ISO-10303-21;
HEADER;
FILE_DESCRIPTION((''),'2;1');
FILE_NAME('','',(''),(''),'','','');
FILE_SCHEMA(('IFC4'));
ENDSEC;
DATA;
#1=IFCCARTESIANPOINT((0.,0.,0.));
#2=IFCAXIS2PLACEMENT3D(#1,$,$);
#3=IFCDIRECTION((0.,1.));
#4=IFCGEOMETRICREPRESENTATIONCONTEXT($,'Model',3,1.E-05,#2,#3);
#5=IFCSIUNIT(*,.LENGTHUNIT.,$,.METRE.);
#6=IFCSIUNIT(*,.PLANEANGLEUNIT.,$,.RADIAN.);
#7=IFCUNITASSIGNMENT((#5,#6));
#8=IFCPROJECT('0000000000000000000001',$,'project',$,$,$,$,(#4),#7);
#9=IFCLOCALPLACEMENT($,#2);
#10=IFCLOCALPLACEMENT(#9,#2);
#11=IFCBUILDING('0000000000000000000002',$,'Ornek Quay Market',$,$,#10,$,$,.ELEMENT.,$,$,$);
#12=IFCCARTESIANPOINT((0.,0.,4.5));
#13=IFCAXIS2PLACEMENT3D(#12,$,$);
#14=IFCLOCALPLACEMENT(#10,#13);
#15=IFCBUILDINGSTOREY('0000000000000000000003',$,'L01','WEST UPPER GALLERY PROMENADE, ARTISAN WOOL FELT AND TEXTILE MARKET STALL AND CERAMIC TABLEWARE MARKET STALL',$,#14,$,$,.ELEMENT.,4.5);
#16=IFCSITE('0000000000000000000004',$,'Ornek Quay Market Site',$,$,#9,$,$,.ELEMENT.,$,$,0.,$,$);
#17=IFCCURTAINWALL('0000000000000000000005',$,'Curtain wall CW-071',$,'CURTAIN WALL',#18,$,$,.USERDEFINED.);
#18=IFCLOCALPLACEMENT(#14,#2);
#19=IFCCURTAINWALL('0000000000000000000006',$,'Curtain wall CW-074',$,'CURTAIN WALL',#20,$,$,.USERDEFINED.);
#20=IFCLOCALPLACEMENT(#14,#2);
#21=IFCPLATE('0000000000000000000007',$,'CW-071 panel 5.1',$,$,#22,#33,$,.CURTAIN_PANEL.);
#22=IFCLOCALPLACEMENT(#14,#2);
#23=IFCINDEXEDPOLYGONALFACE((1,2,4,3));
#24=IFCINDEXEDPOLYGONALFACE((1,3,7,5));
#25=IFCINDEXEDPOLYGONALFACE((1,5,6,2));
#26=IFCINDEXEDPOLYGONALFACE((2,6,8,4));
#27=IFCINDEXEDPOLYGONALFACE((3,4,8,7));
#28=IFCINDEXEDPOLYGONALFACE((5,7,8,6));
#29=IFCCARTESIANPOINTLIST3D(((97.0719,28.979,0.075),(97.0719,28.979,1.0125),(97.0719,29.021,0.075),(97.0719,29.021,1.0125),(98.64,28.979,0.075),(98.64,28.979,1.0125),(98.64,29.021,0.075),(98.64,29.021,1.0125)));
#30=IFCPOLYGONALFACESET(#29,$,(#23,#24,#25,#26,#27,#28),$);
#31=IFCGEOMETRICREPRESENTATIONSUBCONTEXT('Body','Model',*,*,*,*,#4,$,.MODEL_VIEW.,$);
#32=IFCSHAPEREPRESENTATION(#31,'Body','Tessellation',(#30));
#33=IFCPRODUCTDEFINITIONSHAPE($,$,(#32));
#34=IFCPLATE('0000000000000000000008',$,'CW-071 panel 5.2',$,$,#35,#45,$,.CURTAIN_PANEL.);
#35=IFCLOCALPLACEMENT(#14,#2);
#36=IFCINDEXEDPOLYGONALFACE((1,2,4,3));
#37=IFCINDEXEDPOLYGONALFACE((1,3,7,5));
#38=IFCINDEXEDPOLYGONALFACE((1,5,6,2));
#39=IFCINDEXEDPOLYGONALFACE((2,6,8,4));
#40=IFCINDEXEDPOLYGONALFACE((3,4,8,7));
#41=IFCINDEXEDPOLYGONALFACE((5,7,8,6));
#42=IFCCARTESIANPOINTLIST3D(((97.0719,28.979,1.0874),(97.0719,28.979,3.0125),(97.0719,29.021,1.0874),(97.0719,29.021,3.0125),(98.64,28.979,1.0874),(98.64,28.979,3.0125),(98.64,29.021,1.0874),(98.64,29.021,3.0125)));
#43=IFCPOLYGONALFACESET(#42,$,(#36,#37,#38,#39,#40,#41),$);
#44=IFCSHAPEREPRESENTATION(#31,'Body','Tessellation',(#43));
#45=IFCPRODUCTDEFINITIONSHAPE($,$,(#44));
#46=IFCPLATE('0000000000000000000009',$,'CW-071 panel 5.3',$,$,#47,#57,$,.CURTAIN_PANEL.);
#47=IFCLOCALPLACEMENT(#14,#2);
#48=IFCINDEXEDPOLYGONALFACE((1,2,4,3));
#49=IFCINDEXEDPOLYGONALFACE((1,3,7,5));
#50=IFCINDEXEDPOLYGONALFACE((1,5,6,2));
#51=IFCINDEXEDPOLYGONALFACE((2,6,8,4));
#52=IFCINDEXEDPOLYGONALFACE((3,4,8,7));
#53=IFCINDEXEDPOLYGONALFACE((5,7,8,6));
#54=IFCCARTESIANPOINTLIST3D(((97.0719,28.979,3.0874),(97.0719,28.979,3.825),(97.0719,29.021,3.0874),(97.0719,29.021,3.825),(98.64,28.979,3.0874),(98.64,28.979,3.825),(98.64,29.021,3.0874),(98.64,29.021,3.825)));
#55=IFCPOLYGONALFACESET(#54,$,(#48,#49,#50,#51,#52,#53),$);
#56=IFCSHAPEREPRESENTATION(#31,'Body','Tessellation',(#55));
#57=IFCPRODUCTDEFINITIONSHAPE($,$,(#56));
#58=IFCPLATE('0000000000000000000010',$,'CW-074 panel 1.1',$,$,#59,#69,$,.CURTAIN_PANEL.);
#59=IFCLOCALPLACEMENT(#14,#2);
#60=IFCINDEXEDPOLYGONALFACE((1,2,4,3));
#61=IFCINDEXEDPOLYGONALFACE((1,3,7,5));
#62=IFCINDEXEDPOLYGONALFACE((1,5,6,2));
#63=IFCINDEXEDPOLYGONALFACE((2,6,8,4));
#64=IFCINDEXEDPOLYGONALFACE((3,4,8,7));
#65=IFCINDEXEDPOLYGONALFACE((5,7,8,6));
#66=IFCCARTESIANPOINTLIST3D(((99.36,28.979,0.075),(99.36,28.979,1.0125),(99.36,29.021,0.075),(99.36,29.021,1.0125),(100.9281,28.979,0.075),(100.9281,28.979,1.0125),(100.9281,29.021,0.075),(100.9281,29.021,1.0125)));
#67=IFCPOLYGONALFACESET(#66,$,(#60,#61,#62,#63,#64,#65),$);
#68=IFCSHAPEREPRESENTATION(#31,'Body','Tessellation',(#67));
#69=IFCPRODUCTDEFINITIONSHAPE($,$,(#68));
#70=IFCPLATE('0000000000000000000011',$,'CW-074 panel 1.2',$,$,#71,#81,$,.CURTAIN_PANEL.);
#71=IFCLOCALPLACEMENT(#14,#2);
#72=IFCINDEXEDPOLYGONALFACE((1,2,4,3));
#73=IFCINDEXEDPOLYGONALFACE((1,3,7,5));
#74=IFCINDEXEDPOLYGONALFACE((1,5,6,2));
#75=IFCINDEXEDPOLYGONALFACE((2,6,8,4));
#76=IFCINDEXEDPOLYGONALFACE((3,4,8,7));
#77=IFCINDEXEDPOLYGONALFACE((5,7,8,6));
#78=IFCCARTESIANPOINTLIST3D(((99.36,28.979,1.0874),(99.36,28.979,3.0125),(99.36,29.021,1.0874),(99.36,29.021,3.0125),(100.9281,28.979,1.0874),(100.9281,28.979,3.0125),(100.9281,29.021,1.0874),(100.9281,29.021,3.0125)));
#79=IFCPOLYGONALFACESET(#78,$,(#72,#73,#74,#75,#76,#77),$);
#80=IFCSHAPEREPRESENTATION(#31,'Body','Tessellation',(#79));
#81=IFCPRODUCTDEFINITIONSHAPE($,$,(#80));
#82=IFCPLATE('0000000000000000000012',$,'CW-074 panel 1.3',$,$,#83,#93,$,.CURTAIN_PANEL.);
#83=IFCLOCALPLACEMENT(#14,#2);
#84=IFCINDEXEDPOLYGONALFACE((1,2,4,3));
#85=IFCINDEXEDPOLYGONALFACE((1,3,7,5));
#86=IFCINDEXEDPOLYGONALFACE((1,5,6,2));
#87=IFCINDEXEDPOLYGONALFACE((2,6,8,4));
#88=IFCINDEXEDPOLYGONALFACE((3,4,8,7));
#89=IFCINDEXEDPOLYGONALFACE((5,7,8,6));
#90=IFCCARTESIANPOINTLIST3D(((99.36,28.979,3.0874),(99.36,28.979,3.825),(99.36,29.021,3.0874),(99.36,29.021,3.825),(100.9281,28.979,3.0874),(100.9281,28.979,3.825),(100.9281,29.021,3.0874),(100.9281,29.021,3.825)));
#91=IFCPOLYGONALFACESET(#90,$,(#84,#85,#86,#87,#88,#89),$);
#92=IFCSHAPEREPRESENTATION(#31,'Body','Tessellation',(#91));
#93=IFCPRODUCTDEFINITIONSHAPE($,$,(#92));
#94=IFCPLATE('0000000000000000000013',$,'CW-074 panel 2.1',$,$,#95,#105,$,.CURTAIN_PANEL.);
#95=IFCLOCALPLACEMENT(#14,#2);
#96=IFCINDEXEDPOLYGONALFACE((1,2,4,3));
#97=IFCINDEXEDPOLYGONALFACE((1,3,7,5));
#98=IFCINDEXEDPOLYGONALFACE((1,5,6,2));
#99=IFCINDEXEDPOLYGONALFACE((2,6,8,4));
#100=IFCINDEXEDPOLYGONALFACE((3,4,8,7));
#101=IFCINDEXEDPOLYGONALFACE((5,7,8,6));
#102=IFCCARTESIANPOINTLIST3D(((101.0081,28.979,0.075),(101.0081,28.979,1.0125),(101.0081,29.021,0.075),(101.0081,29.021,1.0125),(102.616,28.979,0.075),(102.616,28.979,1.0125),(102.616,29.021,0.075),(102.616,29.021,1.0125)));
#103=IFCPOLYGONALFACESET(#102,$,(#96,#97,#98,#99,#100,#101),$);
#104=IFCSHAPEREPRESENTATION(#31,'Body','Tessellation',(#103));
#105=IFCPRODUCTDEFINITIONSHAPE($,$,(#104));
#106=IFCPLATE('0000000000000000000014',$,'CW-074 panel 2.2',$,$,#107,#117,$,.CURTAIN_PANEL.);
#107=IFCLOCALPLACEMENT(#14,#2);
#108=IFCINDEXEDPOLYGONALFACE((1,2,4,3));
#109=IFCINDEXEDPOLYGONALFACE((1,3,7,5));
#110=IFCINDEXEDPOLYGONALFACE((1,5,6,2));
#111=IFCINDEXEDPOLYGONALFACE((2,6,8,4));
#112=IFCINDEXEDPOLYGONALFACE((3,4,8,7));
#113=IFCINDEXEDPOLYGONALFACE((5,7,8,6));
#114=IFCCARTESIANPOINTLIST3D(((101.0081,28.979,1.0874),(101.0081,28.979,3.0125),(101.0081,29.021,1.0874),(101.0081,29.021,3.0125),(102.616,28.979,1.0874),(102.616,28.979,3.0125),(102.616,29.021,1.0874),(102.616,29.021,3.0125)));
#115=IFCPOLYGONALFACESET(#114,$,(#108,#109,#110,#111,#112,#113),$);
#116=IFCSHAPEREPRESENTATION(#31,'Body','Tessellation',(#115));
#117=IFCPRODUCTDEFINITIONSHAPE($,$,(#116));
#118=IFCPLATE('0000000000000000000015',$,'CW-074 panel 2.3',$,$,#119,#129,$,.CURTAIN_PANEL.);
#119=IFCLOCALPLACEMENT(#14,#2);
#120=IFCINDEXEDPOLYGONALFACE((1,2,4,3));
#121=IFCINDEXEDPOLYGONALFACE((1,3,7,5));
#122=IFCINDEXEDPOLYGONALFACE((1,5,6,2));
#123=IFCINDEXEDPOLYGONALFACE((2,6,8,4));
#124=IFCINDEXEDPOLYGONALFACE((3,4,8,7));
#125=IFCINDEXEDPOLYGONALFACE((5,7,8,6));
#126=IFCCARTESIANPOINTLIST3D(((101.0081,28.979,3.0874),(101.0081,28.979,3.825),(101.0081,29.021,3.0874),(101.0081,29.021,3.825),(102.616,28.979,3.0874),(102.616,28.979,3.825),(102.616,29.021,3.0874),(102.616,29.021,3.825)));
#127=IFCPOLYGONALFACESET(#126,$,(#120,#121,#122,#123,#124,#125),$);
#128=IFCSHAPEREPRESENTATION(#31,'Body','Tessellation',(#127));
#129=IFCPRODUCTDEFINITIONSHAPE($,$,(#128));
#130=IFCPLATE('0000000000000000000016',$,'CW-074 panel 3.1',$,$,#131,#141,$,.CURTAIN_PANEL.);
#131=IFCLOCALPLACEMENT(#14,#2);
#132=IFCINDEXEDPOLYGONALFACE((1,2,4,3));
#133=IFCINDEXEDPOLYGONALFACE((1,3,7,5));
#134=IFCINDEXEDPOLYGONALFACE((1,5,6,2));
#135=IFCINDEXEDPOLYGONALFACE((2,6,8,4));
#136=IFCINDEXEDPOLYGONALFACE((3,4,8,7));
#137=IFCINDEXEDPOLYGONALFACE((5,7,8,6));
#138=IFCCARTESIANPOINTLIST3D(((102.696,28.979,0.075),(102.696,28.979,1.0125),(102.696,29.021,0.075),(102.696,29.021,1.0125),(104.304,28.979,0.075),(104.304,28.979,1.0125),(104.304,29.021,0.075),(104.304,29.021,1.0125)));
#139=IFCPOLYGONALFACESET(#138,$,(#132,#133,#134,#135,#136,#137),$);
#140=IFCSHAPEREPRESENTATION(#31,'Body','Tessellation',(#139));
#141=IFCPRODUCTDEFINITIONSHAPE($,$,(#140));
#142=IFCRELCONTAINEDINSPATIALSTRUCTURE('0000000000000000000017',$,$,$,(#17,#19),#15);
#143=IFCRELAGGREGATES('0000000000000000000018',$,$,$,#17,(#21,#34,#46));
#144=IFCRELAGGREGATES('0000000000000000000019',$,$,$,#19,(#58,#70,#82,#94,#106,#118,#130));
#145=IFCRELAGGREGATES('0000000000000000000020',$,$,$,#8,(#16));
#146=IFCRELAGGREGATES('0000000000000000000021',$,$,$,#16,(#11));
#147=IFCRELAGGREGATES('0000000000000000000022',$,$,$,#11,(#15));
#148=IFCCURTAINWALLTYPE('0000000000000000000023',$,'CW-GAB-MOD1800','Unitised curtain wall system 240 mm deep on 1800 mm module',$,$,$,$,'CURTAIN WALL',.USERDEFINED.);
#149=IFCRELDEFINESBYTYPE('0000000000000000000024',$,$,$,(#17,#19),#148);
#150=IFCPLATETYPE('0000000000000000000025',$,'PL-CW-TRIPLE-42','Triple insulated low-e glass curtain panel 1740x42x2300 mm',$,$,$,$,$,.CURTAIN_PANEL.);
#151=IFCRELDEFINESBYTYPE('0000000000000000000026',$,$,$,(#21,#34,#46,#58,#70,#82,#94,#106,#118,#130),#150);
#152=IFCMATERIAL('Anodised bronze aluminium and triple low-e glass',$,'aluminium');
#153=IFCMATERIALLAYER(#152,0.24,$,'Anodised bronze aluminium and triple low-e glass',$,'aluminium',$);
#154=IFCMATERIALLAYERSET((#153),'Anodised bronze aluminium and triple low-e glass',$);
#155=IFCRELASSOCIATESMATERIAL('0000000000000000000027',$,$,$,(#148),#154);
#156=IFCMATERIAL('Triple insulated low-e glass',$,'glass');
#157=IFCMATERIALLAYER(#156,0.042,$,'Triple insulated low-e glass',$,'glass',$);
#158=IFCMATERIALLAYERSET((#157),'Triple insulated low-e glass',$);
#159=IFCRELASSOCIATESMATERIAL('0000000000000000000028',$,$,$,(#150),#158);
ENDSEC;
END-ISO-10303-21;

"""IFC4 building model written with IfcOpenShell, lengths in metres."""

from ifc_helpers import new_model, si_unit, direction, frame, origin, origin_2d, place, context, subcontext, project, spatial, rectangle, extrude, material, layer, layer_set, type_object, element, aggregate, save


model = new_model("IFC4")

# Units and contexts
model_context = context("Model", 3, precision=1e-05, world=origin(), true_north=direction((0.0, 1.0)))
body_context = subcontext(model_context, "Body", "Model", "MODEL_VIEW")
ifc_project = project(units=[si_unit("LENGTHUNIT", "METRE"), si_unit("PLANEANGLEUNIT", "RADIAN")], contexts=[model_context])

# Site, building, storey
site_placement = place(None, origin())
site = spatial("IfcSite", under=ifc_project, at=site_placement, Name="Ornek Quay Market Site", CompositionType="ELEMENT", RefElevation=0.0)
building_placement = place(site_placement, origin())
building = spatial("IfcBuilding", under=site, at=building_placement, Name="Ornek Quay Market", CompositionType="ELEMENT")
storey_placement = place(building_placement, frame((0.0, 0.0, 4.5)))
storey = spatial("IfcBuildingStorey", under=building, at=storey_placement, Name="L01", Description="WEST UPPER GALLERY PROMENADE, ARTISAN WOOL FELT AND TEXTILE MARKET STALL AND CERAMIC TABLEWARE MARKET STALL", CompositionType="ELEMENT", Elevation=4.5)

# Curtain walls
ifc_material_1 = material(Name="Anodised bronze aluminium and triple low-e glass", Category="aluminium")
ifc_layer_1 = layer(ifc_material_1, 0.24, Name="Anodised bronze aluminium and triple low-e glass", Category="aluminium")
ifc_layer_set_1 = layer_set([ifc_layer_1], Name="Anodised bronze aluminium and triple low-e glass")
curtain_wall_type = type_object("IfcCurtainWallType", Name="CW-GAB-MOD1800", Description="Unitised curtain wall system 240 mm deep on 1800 mm module", ElementType="CURTAIN WALL", PredefinedType="USERDEFINED", material=ifc_layer_set_1)
curtain_wall_1_placement = place(storey_placement, origin())
curtain_wall_1 = element("IfcCurtainWall", 1, at=curtain_wall_1_placement, inside=storey, type_object=curtain_wall_type, Name="Curtain wall CW-071", ObjectType="CURTAIN WALL", PredefinedType="USERDEFINED")
curtain_wall_2_placement = place(storey_placement, origin())
curtain_wall_2 = element("IfcCurtainWall", 2, at=curtain_wall_2_placement, inside=storey, type_object=curtain_wall_type, Name="Curtain wall CW-074", ObjectType="CURTAIN WALL", PredefinedType="USERDEFINED")

# Plates
ifc_material_2 = material(Name="Triple insulated low-e glass", Category="glass")
ifc_layer_2 = layer(ifc_material_2, 0.042, Name="Triple insulated low-e glass", Category="glass")
ifc_layer_set_2 = layer_set([ifc_layer_2], Name="Triple insulated low-e glass")
plate_type = type_object("IfcPlateType", Name="PL-CW-TRIPLE-42", Description="Triple insulated low-e glass curtain panel 1740x42x2300 mm", PredefinedType="CURTAIN_PANEL", material=ifc_layer_set_2)
plate_1_placement = place(storey_placement, frame((97.856, 29.0, 0.075), z_axis=(0.0, 0.0, 1.0), x_axis=(1.0, 0.0, 0.0)))
plate_1 = element("IfcPlate", 3, at=plate_1_placement, type_object=plate_type, Name="CW-071 panel 5.1", PredefinedType="CURTAIN_PANEL", context=body_context, shape_type="SweptSolid", body=[
    extrude(rectangle(XDim=1.5681, YDim=0.042, at=origin_2d()), origin(), (0.0, 0.0, 1.0), 0.9375),
])
plate_2_placement = place(storey_placement, frame((97.856, 29.0, 1.0874), z_axis=(0.0, 0.0, 1.0), x_axis=(1.0, 0.0, 0.0)))
plate_2 = element("IfcPlate", 4, at=plate_2_placement, type_object=plate_type, Name="CW-071 panel 5.2", PredefinedType="CURTAIN_PANEL", context=body_context, shape_type="SweptSolid", body=[
    extrude(rectangle(XDim=1.5681, YDim=0.042, at=origin_2d()), origin(), (0.0, 0.0, 1.0), 1.925),
])
plate_3_placement = place(storey_placement, frame((97.856, 29.0, 3.0874), z_axis=(0.0, 0.0, 1.0), x_axis=(1.0, 0.0, 0.0)))
plate_3 = element("IfcPlate", 5, at=plate_3_placement, type_object=plate_type, Name="CW-071 panel 5.3", PredefinedType="CURTAIN_PANEL", context=body_context, shape_type="SweptSolid", body=[
    extrude(rectangle(XDim=1.5681, YDim=0.042, at=origin_2d()), origin(), (0.0, 0.0, 1.0), 0.7375),
])
aggregate(curtain_wall_1, [plate_1, plate_2, plate_3])
plate_4_placement = place(storey_placement, frame((100.144, 29.0, 0.075), z_axis=(0.0, 0.0, 1.0), x_axis=(1.0, 0.0, 0.0)))
plate_4 = element("IfcPlate", 6, at=plate_4_placement, type_object=plate_type, Name="CW-074 panel 1.1", PredefinedType="CURTAIN_PANEL", context=body_context, shape_type="SweptSolid", body=[
    extrude(rectangle(XDim=1.5681, YDim=0.042, at=origin_2d()), origin(), (0.0, 0.0, 1.0), 0.9375),
])
plate_5_placement = place(storey_placement, frame((100.144, 29.0, 1.0874), z_axis=(0.0, 0.0, 1.0), x_axis=(1.0, 0.0, 0.0)))
plate_5 = element("IfcPlate", 7, at=plate_5_placement, type_object=plate_type, Name="CW-074 panel 1.2", PredefinedType="CURTAIN_PANEL", context=body_context, shape_type="SweptSolid", body=[
    extrude(rectangle(XDim=1.5681, YDim=0.042, at=origin_2d()), origin(), (0.0, 0.0, 1.0), 1.925),
])
plate_6_placement = place(storey_placement, frame((100.144, 29.0, 3.0874), z_axis=(0.0, 0.0, 1.0), x_axis=(1.0, 0.0, 0.0)))
plate_6 = element("IfcPlate", 8, at=plate_6_placement, type_object=plate_type, Name="CW-074 panel 1.3", PredefinedType="CURTAIN_PANEL", context=body_context, shape_type="SweptSolid", body=[
    extrude(rectangle(XDim=1.5681, YDim=0.042, at=origin_2d()), origin(), (0.0, 0.0, 1.0), 0.7375),
])
plate_7_placement = place(storey_placement, frame((101.812, 29.0, 0.075), z_axis=(0.0, 0.0, 1.0), x_axis=(1.0, 0.0, 0.0)))
plate_7 = element("IfcPlate", 9, at=plate_7_placement, type_object=plate_type, Name="CW-074 panel 2.1", PredefinedType="CURTAIN_PANEL", context=body_context, shape_type="SweptSolid", body=[
    extrude(rectangle(XDim=1.6079, YDim=0.042, at=origin_2d()), origin(), (0.0, 0.0, 1.0), 0.9375),
])
plate_8_placement = place(storey_placement, frame((101.812, 29.0, 1.0874), z_axis=(0.0, 0.0, 1.0), x_axis=(1.0, 0.0, 0.0)))
plate_8 = element("IfcPlate", 10, at=plate_8_placement, type_object=plate_type, Name="CW-074 panel 2.2", PredefinedType="CURTAIN_PANEL", context=body_context, shape_type="SweptSolid", body=[
    extrude(rectangle(XDim=1.6079, YDim=0.042, at=origin_2d()), origin(), (0.0, 0.0, 1.0), 1.925),
])
plate_9_placement = place(storey_placement, frame((101.812, 29.0, 3.0874), z_axis=(0.0, 0.0, 1.0), x_axis=(1.0, 0.0, 0.0)))
plate_9 = element("IfcPlate", 11, at=plate_9_placement, type_object=plate_type, Name="CW-074 panel 2.3", PredefinedType="CURTAIN_PANEL", context=body_context, shape_type="SweptSolid", body=[
    extrude(rectangle(XDim=1.6079, YDim=0.042, at=origin_2d()), origin(), (0.0, 0.0, 1.0), 0.7375),
])
plate_10_placement = place(storey_placement, frame((103.5, 29.0, 0.075), z_axis=(0.0, 0.0, 1.0), x_axis=(1.0, 0.0, 0.0)))
plate_10 = element("IfcPlate", 12, at=plate_10_placement, type_object=plate_type, Name="CW-074 panel 3.1", PredefinedType="CURTAIN_PANEL", context=body_context, shape_type="SweptSolid", body=[
    extrude(rectangle(XDim=1.6079, YDim=0.042, at=origin_2d()), origin(), (0.0, 0.0, 1.0), 0.9375),
])
aggregate(curtain_wall_2, [plate_4, plate_5, plate_6, plate_7, plate_8, plate_9, plate_10])

save(model, "model.ifc")
